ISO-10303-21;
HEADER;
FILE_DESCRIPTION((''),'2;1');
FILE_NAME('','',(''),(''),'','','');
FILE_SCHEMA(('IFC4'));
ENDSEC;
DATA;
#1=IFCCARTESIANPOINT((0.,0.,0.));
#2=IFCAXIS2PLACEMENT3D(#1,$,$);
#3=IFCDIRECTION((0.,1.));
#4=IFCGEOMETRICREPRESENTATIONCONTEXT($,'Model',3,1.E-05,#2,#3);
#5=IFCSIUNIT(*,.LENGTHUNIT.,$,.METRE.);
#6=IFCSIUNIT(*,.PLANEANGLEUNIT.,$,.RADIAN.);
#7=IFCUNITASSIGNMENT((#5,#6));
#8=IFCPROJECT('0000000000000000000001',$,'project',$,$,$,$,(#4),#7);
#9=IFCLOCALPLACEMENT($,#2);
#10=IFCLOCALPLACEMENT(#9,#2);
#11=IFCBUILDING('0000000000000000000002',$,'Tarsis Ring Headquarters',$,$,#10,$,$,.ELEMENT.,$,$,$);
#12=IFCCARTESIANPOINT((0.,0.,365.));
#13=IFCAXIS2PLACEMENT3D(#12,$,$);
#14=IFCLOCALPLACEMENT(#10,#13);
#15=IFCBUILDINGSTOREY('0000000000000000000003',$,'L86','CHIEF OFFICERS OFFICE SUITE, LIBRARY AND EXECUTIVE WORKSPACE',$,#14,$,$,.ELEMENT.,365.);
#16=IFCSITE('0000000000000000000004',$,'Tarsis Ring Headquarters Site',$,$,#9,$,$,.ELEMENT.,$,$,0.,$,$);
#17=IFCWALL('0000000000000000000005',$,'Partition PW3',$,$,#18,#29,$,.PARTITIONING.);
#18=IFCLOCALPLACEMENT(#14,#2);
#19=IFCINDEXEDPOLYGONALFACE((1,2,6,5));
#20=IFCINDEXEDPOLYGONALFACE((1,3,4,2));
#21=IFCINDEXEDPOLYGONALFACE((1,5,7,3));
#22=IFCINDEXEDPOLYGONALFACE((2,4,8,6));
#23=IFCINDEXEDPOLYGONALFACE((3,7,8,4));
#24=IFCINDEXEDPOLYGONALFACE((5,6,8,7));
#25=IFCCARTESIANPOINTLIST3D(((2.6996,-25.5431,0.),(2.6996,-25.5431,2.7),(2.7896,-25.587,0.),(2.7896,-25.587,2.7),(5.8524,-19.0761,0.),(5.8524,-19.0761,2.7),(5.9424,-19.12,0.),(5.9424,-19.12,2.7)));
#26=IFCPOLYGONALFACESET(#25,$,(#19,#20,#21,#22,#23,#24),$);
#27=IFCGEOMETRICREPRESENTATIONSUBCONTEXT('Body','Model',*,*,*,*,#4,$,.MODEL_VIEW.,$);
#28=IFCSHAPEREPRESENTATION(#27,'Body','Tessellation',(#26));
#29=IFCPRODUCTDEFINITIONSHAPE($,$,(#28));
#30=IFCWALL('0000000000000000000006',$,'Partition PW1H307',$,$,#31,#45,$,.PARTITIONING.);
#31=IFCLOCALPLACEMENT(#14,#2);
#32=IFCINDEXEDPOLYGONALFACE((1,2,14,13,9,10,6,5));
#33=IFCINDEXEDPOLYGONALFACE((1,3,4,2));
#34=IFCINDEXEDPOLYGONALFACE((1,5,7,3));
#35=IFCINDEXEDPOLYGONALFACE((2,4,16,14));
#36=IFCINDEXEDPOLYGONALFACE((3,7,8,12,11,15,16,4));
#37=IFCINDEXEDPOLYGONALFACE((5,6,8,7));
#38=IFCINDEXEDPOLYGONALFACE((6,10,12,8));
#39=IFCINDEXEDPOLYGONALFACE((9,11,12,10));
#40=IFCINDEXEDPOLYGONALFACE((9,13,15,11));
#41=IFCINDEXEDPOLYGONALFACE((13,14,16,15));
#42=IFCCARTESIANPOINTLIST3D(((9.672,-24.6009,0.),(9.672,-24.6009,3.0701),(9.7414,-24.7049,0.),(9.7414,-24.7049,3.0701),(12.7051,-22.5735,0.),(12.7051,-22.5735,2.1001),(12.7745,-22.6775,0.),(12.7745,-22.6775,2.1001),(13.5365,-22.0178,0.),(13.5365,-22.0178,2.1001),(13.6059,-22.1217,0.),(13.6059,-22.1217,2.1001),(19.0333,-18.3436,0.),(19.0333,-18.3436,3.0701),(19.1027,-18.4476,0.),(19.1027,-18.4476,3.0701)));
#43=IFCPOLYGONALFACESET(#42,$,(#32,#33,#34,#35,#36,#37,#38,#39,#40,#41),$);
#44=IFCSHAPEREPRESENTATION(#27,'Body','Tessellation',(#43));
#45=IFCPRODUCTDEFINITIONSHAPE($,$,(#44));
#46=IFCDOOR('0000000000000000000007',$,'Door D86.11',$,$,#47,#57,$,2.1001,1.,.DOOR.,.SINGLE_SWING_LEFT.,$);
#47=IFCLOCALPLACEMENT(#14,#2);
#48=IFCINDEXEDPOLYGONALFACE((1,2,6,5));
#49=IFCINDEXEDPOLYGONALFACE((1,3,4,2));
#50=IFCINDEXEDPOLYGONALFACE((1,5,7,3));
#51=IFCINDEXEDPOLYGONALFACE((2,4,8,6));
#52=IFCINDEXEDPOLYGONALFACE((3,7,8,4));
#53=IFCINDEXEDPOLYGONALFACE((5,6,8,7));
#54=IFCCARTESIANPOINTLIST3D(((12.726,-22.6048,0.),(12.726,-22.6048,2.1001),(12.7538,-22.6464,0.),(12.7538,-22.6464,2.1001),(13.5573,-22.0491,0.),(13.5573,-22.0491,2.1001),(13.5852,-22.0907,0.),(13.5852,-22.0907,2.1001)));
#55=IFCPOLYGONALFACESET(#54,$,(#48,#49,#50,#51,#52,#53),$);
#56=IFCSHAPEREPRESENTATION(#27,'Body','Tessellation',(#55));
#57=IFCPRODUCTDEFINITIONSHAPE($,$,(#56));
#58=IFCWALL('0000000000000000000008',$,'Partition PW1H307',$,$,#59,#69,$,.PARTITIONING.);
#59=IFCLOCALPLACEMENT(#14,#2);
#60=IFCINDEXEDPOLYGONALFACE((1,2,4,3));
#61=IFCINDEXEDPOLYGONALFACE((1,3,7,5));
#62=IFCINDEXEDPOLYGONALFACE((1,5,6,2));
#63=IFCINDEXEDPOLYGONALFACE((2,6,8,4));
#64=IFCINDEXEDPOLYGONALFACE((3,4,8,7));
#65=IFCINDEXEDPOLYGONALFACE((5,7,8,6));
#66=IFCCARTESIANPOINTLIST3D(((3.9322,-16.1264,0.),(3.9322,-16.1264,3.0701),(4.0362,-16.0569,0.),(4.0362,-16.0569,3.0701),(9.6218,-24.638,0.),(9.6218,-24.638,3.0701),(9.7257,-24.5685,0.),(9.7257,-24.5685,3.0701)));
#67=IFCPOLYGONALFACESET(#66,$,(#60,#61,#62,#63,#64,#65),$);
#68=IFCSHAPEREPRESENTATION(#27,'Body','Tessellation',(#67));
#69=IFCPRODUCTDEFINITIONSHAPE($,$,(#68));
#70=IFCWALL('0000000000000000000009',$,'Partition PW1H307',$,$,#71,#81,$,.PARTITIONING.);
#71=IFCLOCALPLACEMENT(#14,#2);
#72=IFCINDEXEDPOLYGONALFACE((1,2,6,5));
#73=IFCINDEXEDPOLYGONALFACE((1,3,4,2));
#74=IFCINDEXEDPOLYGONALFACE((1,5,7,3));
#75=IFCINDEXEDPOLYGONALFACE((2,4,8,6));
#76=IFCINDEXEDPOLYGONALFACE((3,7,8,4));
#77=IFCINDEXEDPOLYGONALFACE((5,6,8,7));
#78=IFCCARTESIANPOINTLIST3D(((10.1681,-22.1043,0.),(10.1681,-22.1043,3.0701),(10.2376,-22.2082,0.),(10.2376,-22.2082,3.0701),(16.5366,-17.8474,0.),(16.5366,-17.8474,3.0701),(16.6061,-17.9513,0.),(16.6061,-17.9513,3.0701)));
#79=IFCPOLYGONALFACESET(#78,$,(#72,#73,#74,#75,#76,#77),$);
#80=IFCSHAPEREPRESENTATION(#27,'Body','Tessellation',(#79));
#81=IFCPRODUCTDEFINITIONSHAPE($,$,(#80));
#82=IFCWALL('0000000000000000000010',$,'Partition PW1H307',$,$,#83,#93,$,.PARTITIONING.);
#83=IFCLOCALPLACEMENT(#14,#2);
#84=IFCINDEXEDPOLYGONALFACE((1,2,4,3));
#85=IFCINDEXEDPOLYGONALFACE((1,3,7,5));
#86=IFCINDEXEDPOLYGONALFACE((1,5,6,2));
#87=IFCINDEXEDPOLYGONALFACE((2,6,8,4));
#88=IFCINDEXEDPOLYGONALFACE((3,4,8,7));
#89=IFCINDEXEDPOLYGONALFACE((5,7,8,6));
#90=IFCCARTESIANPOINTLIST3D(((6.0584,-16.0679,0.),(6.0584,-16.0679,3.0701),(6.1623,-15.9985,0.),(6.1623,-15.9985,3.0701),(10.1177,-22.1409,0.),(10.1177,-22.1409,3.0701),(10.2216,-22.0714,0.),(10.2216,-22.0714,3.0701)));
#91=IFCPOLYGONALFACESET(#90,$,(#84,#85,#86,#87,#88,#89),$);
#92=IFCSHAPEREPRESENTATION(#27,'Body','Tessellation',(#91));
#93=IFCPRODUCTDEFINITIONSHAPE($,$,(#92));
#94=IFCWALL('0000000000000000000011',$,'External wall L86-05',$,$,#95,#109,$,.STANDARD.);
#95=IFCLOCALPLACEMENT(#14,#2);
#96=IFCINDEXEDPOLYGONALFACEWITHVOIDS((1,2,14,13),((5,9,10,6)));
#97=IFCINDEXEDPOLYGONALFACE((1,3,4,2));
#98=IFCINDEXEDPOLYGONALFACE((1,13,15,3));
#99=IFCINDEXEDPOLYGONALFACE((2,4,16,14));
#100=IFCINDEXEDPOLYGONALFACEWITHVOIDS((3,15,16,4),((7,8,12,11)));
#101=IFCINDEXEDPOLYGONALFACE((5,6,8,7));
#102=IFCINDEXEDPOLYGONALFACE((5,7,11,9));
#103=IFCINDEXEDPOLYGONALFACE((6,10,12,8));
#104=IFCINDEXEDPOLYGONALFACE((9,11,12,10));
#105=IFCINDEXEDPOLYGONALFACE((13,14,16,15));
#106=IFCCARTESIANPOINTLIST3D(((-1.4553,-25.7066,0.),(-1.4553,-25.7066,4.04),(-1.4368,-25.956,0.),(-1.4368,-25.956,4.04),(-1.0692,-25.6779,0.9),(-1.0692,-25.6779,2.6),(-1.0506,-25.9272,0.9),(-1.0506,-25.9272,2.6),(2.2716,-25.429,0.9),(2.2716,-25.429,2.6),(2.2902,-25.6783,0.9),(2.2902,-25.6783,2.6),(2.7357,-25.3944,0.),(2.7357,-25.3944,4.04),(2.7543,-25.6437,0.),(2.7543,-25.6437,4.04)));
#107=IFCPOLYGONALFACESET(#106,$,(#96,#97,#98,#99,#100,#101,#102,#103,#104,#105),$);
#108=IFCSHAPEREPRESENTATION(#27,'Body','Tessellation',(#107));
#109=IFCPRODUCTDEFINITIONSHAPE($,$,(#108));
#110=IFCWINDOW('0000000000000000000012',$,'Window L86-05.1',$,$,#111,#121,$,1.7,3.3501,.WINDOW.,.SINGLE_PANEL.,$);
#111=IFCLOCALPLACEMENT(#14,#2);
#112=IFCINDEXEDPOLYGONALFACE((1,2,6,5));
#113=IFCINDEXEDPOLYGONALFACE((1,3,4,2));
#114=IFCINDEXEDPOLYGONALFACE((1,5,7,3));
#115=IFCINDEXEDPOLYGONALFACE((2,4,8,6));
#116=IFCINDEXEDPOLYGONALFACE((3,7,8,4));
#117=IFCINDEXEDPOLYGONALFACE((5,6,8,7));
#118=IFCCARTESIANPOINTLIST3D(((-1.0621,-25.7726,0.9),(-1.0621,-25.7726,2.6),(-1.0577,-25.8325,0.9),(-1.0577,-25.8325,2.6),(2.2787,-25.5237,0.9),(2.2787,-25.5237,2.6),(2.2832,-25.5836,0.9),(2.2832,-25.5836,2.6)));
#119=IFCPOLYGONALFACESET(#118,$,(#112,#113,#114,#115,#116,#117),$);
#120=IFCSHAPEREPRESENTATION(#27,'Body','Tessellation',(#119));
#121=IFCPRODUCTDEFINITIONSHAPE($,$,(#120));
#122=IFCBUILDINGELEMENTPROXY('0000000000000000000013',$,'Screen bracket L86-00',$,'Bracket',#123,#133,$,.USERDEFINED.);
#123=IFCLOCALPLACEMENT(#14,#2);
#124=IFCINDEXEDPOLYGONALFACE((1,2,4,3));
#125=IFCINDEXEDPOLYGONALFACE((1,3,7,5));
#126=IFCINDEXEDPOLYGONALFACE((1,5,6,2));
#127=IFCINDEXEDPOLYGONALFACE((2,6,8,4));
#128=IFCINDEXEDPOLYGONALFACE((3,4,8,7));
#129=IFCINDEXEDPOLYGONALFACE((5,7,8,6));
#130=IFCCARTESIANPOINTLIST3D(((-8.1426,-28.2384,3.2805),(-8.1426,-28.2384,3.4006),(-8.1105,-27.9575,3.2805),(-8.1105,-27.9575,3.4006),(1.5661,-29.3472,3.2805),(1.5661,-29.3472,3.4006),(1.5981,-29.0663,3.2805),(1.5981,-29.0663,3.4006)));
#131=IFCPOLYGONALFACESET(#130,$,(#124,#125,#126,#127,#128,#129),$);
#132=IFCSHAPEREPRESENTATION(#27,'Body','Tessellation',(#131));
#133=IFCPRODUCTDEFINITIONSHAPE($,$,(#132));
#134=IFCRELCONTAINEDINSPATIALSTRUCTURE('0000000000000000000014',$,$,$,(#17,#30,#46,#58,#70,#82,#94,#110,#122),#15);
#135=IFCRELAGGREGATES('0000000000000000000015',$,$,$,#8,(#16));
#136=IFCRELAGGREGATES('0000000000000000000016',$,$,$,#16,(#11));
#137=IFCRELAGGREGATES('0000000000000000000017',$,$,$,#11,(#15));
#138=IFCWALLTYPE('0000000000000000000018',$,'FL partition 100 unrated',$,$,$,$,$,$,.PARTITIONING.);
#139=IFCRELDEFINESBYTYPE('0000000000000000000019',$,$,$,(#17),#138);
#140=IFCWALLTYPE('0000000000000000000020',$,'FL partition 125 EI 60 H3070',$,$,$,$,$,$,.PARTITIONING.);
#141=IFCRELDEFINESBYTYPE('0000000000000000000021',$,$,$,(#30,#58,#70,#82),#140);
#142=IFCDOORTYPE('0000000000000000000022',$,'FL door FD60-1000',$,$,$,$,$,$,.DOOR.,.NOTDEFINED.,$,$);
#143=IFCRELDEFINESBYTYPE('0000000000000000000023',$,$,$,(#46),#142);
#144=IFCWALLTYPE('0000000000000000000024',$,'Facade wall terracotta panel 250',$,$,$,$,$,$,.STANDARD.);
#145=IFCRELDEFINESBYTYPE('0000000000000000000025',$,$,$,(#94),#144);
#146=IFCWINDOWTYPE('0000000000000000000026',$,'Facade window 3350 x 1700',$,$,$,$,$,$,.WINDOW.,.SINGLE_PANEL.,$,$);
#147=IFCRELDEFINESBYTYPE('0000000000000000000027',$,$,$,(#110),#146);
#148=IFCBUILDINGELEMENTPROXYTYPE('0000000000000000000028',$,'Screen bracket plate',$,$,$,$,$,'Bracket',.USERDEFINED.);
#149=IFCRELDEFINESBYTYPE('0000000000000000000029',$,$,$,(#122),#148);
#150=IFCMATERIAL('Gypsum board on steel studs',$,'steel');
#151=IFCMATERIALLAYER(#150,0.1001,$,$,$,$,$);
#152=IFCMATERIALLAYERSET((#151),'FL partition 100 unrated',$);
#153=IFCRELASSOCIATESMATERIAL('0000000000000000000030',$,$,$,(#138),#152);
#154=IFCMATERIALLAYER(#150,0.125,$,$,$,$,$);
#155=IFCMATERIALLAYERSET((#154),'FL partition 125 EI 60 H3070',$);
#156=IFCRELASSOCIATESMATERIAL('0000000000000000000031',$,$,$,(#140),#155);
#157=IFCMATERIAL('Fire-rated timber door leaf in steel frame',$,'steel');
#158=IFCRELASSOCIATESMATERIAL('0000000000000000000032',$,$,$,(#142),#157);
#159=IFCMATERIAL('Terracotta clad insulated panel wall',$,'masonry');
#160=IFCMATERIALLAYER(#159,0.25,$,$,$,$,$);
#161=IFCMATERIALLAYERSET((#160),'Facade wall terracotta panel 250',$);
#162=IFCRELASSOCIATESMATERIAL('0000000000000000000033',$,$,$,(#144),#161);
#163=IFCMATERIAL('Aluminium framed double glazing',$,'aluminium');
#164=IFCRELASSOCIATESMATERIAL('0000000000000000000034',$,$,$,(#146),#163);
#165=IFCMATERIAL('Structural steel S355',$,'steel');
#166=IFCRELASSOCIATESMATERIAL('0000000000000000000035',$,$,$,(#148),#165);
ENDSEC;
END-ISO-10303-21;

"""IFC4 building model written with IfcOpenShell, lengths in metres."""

from ifc_helpers import new_model, si_unit, direction, frame, frame_2d, origin, origin_2d, place, context, subcontext, project, spatial, rectangle, extrude, material, layer, layer_set, type_object, element, fill, save


model = new_model("IFC4")

# Units and contexts
model_context = context("Model", 3, precision=1e-05, world=origin(), true_north=direction((0.0, 1.0)))
body_context = subcontext(model_context, "Body", "Model", "MODEL_VIEW")
ifc_project = project(units=[si_unit("LENGTHUNIT", "METRE"), si_unit("PLANEANGLEUNIT", "RADIAN")], contexts=[model_context])

# Site, building, storey
site_placement = place(None, origin())
site = spatial("IfcSite", under=ifc_project, at=site_placement, Name="Tarsis Ring Headquarters Site", CompositionType="ELEMENT", RefElevation=0.0)
building_placement = place(site_placement, origin())
building = spatial("IfcBuilding", under=site, at=building_placement, Name="Tarsis Ring Headquarters", CompositionType="ELEMENT")
storey_placement = place(building_placement, frame((0.0, 0.0, 365.0)))
storey = spatial("IfcBuildingStorey", under=building, at=storey_placement, Name="L86", Description="CHIEF OFFICERS OFFICE SUITE, LIBRARY AND EXECUTIVE WORKSPACE", CompositionType="ELEMENT", Elevation=365.0)

# Shared definitions
ifc_material_1 = material(Name="Structural steel S355", Category="steel")

# Wall
ifc_material_2 = material(Name="Gypsum board on steel studs", Category="steel")
ifc_layer_1 = layer(ifc_material_2, 0.1001)
ifc_layer_set_1 = layer_set([ifc_layer_1], Name="FL partition 100 unrated")
wall_type_1 = type_object("IfcWallType", Name="FL partition 100 unrated", PredefinedType="PARTITIONING", material=ifc_layer_set_1)
wall_1_placement = place(storey_placement, frame((2.7446, -25.5649, 0.0), z_axis=(0.0, 0.0, 1.0), x_axis=(0.438219, 0.898868, 0.0)))
element("IfcWall", 1, at=wall_1_placement, inside=storey, type_object=wall_type_1, Name="Partition PW3", PredefinedType="PARTITIONING", context=body_context, shape_type="SweptSolid", body=[
    extrude(rectangle(XDim=7.1946, YDim=0.1001, at=frame_2d((3.5972, 0.0))), origin(), (0.0, 0.0, 1.0), 2.7),
])

# Wall, opening, door
ifc_layer_2 = layer(ifc_material_2, 0.125)
ifc_layer_set_2 = layer_set([ifc_layer_2], Name="FL partition 125 EI 60 H3070")
wall_type_2 = type_object("IfcWallType", Name="FL partition 125 EI 60 H3070", PredefinedType="PARTITIONING", material=ifc_layer_set_2)
wall_2_placement = place(storey_placement, frame((9.7068, -24.6528, 0.0), z_axis=(0.0, 0.0, 1.0), x_axis=(0.831376, 0.555711, 0.0)))
wall_2 = element("IfcWall", 2, at=wall_2_placement, inside=storey, type_object=wall_type_2, Name="Partition PW1H307", PredefinedType="PARTITIONING", context=body_context, shape_type="SweptSolid", body=[
    extrude(rectangle(XDim=11.26, YDim=0.125, at=frame_2d((5.6299, 0.0))), origin(), (0.0, 0.0, 1.0), 3.0701),
])
opening_1_placement = place(wall_2_placement, frame((3.6482, 0.0, 0.0)))
opening_1 = element("IfcOpeningElement", 3, at=opening_1_placement, cuts=wall_2, PredefinedType="OPENING", context=body_context, shape_type="SweptSolid", body=[
    extrude(rectangle(XDim=1.0, YDim=2.1001, at=frame_2d((0.5, 1.05))), frame((0.0, 0.0725, 0.0), z_axis=(0.0, -1.0, 0.0), x_axis=(1.0, 0.0, 0.0)), (0.0, 0.0, 1.0), 0.145),
])
ifc_material_3 = material(Name="Fire-rated timber door leaf in steel frame", Category="steel")
door_type_1 = type_object("IfcDoorType", Name="FL door FD60-1000", OperationType="NOTDEFINED", PredefinedType="DOOR", material=ifc_material_3)
door_1_placement = place(opening_1_placement, origin())
door_1 = element("IfcDoor", 4, at=door_1_placement, inside=storey, type_object=door_type_1, Name="Door D86.11", OperationType="SINGLE_SWING_LEFT", OverallHeight=2.1001, OverallWidth=1.0, PredefinedType="DOOR", context=body_context, shape_type="SweptSolid", body=[
    extrude(rectangle(XDim=1.0, YDim=2.1001, at=frame_2d((0.5, 1.05))), frame((0.0, 0.0249, 0.0), z_axis=(0.0, -1.0, 0.0), x_axis=(1.0, 0.0, 0.0)), (0.0, 0.0, 1.0), 0.05),
])
fill(opening_1, door_1)

# Walls
wall_3_placement = place(storey_placement, frame((3.9841, -16.0916, 0.0), z_axis=(0.0, 0.0, 1.0), x_axis=(0.555723, -0.831367, 0.0)))
element("IfcWall", 5, at=wall_3_placement, inside=storey, type_object=wall_type_2, Name="Partition PW1H307", PredefinedType="PARTITIONING", context=body_context, shape_type="SweptSolid", body=[
    extrude(rectangle(XDim=10.238, YDim=0.125, at=frame_2d((5.1191, 0.0))), origin(), (0.0, 0.0, 1.0), 3.0701),
])
wall_4_placement = place(storey_placement, frame((10.2029, -22.1562, 0.0), z_axis=(0.0, 0.0, 1.0), x_axis=(0.831373, 0.555715, 0.0)))
element("IfcWall", 6, at=wall_4_placement, inside=storey, type_object=wall_type_2, Name="Partition PW1H307", PredefinedType="PARTITIONING", context=body_context, shape_type="SweptSolid", body=[
    extrude(rectangle(XDim=7.6602, YDim=0.125, at=frame_2d((3.8301, 0.0))), origin(), (0.0, 0.0, 1.0), 3.0701),
])
wall_5_placement = place(storey_placement, frame((6.1104, -16.0332, 0.0), z_axis=(0.0, 0.0, 1.0), x_axis=(0.55571, -0.831376, 0.0)))
element("IfcWall", 7, at=wall_5_placement, inside=storey, type_object=wall_type_2, Name="Partition PW1H307", PredefinedType="PARTITIONING", context=body_context, shape_type="SweptSolid", body=[
    extrude(rectangle(XDim=7.3047, YDim=0.125, at=frame_2d((3.6523, 0.0))), origin(), (0.0, 0.0, 1.0), 3.0701),
])

# Wall, opening, window
ifc_material_4 = material(Name="Terracotta clad insulated panel wall", Category="masonry")
ifc_layer_3 = layer(ifc_material_4, 0.25)
ifc_layer_set_3 = layer_set([ifc_layer_3], Name="Facade wall terracotta panel 250")
wall_type_3 = type_object("IfcWallType", Name="Facade wall terracotta panel 250", PredefinedType="STANDARD", material=ifc_layer_set_3)
wall_6_placement = place(storey_placement, frame((-1.446, -25.8313, 0.0), z_axis=(0.0, 0.0, 1.0), x_axis=(0.997236, 0.074302, 0.0)))
wall_6 = element("IfcWall", 8, at=wall_6_placement, inside=storey, type_object=wall_type_3, Name="External wall L86-05", PredefinedType="STANDARD", context=body_context, shape_type="SweptSolid", body=[
    extrude(rectangle(XDim=4.2026, YDim=0.25, at=frame_2d((2.1013, 0.0))), origin(), (0.0, 0.0, 1.0), 4.04),
])
opening_2_placement = place(wall_6_placement, frame((0.3872, 0.0, 0.8999)))
opening_2 = element("IfcOpeningElement", 9, at=opening_2_placement, cuts=wall_6, PredefinedType="OPENING", context=body_context, shape_type="SweptSolid", body=[
    extrude(rectangle(XDim=3.3501, YDim=1.7, at=frame_2d((1.675, 0.8501))), frame((0.0, 0.135, 0.0), z_axis=(0.0, -1.0, 0.0), x_axis=(1.0, 0.0, 0.0)), (0.0, 0.0, 1.0), 0.27),
])
ifc_material_5 = material(Name="Aluminium framed double glazing", Category="aluminium")
window_type = type_object("IfcWindowType", Name="Facade window 3350 x 1700", PartitioningType="SINGLE_PANEL", PredefinedType="WINDOW", material=ifc_material_5)
window_placement = place(opening_2_placement, origin())
window = element("IfcWindow", 10, at=window_placement, inside=storey, type_object=window_type, Name="Window L86-05.1", OverallHeight=1.7, OverallWidth=3.3501, PartitioningType="SINGLE_PANEL", PredefinedType="WINDOW", context=body_context, shape_type="SweptSolid", body=[
    extrude(rectangle(XDim=3.3501, YDim=1.7, at=frame_2d((1.675, 0.8501))), frame((0.0, 0.03, 0.0), z_axis=(0.0, -1.0, 0.0), x_axis=(1.0, 0.0, 0.0)), (0.0, 0.0, 1.0), 0.0601),
])
fill(opening_2, window)

# Building element proxy
building_element_proxy_type = type_object("IfcBuildingElementProxyType", Name="Screen bracket plate", ElementType="Bracket", PredefinedType="USERDEFINED", material=ifc_material_1)
proxy_placement = place(storey_placement, frame((-3.2722, -28.6523, 3.2805), z_axis=(0.0, 0.0, 1.0), x_axis=(0.993542, -0.113464, 0.0)))
element("IfcBuildingElementProxy", 11, at=proxy_placement, inside=storey, type_object=building_element_proxy_type, Name="Screen bracket L86-00", ObjectType="Bracket", PredefinedType="USERDEFINED", context=body_context, shape_type="SweptSolid", body=[
    extrude(rectangle(XDim=9.7717, YDim=0.2827, at=origin_2d()), origin(), (0.0, 0.0, 1.0), 0.1201),
])

save(model, "model.ifc")
